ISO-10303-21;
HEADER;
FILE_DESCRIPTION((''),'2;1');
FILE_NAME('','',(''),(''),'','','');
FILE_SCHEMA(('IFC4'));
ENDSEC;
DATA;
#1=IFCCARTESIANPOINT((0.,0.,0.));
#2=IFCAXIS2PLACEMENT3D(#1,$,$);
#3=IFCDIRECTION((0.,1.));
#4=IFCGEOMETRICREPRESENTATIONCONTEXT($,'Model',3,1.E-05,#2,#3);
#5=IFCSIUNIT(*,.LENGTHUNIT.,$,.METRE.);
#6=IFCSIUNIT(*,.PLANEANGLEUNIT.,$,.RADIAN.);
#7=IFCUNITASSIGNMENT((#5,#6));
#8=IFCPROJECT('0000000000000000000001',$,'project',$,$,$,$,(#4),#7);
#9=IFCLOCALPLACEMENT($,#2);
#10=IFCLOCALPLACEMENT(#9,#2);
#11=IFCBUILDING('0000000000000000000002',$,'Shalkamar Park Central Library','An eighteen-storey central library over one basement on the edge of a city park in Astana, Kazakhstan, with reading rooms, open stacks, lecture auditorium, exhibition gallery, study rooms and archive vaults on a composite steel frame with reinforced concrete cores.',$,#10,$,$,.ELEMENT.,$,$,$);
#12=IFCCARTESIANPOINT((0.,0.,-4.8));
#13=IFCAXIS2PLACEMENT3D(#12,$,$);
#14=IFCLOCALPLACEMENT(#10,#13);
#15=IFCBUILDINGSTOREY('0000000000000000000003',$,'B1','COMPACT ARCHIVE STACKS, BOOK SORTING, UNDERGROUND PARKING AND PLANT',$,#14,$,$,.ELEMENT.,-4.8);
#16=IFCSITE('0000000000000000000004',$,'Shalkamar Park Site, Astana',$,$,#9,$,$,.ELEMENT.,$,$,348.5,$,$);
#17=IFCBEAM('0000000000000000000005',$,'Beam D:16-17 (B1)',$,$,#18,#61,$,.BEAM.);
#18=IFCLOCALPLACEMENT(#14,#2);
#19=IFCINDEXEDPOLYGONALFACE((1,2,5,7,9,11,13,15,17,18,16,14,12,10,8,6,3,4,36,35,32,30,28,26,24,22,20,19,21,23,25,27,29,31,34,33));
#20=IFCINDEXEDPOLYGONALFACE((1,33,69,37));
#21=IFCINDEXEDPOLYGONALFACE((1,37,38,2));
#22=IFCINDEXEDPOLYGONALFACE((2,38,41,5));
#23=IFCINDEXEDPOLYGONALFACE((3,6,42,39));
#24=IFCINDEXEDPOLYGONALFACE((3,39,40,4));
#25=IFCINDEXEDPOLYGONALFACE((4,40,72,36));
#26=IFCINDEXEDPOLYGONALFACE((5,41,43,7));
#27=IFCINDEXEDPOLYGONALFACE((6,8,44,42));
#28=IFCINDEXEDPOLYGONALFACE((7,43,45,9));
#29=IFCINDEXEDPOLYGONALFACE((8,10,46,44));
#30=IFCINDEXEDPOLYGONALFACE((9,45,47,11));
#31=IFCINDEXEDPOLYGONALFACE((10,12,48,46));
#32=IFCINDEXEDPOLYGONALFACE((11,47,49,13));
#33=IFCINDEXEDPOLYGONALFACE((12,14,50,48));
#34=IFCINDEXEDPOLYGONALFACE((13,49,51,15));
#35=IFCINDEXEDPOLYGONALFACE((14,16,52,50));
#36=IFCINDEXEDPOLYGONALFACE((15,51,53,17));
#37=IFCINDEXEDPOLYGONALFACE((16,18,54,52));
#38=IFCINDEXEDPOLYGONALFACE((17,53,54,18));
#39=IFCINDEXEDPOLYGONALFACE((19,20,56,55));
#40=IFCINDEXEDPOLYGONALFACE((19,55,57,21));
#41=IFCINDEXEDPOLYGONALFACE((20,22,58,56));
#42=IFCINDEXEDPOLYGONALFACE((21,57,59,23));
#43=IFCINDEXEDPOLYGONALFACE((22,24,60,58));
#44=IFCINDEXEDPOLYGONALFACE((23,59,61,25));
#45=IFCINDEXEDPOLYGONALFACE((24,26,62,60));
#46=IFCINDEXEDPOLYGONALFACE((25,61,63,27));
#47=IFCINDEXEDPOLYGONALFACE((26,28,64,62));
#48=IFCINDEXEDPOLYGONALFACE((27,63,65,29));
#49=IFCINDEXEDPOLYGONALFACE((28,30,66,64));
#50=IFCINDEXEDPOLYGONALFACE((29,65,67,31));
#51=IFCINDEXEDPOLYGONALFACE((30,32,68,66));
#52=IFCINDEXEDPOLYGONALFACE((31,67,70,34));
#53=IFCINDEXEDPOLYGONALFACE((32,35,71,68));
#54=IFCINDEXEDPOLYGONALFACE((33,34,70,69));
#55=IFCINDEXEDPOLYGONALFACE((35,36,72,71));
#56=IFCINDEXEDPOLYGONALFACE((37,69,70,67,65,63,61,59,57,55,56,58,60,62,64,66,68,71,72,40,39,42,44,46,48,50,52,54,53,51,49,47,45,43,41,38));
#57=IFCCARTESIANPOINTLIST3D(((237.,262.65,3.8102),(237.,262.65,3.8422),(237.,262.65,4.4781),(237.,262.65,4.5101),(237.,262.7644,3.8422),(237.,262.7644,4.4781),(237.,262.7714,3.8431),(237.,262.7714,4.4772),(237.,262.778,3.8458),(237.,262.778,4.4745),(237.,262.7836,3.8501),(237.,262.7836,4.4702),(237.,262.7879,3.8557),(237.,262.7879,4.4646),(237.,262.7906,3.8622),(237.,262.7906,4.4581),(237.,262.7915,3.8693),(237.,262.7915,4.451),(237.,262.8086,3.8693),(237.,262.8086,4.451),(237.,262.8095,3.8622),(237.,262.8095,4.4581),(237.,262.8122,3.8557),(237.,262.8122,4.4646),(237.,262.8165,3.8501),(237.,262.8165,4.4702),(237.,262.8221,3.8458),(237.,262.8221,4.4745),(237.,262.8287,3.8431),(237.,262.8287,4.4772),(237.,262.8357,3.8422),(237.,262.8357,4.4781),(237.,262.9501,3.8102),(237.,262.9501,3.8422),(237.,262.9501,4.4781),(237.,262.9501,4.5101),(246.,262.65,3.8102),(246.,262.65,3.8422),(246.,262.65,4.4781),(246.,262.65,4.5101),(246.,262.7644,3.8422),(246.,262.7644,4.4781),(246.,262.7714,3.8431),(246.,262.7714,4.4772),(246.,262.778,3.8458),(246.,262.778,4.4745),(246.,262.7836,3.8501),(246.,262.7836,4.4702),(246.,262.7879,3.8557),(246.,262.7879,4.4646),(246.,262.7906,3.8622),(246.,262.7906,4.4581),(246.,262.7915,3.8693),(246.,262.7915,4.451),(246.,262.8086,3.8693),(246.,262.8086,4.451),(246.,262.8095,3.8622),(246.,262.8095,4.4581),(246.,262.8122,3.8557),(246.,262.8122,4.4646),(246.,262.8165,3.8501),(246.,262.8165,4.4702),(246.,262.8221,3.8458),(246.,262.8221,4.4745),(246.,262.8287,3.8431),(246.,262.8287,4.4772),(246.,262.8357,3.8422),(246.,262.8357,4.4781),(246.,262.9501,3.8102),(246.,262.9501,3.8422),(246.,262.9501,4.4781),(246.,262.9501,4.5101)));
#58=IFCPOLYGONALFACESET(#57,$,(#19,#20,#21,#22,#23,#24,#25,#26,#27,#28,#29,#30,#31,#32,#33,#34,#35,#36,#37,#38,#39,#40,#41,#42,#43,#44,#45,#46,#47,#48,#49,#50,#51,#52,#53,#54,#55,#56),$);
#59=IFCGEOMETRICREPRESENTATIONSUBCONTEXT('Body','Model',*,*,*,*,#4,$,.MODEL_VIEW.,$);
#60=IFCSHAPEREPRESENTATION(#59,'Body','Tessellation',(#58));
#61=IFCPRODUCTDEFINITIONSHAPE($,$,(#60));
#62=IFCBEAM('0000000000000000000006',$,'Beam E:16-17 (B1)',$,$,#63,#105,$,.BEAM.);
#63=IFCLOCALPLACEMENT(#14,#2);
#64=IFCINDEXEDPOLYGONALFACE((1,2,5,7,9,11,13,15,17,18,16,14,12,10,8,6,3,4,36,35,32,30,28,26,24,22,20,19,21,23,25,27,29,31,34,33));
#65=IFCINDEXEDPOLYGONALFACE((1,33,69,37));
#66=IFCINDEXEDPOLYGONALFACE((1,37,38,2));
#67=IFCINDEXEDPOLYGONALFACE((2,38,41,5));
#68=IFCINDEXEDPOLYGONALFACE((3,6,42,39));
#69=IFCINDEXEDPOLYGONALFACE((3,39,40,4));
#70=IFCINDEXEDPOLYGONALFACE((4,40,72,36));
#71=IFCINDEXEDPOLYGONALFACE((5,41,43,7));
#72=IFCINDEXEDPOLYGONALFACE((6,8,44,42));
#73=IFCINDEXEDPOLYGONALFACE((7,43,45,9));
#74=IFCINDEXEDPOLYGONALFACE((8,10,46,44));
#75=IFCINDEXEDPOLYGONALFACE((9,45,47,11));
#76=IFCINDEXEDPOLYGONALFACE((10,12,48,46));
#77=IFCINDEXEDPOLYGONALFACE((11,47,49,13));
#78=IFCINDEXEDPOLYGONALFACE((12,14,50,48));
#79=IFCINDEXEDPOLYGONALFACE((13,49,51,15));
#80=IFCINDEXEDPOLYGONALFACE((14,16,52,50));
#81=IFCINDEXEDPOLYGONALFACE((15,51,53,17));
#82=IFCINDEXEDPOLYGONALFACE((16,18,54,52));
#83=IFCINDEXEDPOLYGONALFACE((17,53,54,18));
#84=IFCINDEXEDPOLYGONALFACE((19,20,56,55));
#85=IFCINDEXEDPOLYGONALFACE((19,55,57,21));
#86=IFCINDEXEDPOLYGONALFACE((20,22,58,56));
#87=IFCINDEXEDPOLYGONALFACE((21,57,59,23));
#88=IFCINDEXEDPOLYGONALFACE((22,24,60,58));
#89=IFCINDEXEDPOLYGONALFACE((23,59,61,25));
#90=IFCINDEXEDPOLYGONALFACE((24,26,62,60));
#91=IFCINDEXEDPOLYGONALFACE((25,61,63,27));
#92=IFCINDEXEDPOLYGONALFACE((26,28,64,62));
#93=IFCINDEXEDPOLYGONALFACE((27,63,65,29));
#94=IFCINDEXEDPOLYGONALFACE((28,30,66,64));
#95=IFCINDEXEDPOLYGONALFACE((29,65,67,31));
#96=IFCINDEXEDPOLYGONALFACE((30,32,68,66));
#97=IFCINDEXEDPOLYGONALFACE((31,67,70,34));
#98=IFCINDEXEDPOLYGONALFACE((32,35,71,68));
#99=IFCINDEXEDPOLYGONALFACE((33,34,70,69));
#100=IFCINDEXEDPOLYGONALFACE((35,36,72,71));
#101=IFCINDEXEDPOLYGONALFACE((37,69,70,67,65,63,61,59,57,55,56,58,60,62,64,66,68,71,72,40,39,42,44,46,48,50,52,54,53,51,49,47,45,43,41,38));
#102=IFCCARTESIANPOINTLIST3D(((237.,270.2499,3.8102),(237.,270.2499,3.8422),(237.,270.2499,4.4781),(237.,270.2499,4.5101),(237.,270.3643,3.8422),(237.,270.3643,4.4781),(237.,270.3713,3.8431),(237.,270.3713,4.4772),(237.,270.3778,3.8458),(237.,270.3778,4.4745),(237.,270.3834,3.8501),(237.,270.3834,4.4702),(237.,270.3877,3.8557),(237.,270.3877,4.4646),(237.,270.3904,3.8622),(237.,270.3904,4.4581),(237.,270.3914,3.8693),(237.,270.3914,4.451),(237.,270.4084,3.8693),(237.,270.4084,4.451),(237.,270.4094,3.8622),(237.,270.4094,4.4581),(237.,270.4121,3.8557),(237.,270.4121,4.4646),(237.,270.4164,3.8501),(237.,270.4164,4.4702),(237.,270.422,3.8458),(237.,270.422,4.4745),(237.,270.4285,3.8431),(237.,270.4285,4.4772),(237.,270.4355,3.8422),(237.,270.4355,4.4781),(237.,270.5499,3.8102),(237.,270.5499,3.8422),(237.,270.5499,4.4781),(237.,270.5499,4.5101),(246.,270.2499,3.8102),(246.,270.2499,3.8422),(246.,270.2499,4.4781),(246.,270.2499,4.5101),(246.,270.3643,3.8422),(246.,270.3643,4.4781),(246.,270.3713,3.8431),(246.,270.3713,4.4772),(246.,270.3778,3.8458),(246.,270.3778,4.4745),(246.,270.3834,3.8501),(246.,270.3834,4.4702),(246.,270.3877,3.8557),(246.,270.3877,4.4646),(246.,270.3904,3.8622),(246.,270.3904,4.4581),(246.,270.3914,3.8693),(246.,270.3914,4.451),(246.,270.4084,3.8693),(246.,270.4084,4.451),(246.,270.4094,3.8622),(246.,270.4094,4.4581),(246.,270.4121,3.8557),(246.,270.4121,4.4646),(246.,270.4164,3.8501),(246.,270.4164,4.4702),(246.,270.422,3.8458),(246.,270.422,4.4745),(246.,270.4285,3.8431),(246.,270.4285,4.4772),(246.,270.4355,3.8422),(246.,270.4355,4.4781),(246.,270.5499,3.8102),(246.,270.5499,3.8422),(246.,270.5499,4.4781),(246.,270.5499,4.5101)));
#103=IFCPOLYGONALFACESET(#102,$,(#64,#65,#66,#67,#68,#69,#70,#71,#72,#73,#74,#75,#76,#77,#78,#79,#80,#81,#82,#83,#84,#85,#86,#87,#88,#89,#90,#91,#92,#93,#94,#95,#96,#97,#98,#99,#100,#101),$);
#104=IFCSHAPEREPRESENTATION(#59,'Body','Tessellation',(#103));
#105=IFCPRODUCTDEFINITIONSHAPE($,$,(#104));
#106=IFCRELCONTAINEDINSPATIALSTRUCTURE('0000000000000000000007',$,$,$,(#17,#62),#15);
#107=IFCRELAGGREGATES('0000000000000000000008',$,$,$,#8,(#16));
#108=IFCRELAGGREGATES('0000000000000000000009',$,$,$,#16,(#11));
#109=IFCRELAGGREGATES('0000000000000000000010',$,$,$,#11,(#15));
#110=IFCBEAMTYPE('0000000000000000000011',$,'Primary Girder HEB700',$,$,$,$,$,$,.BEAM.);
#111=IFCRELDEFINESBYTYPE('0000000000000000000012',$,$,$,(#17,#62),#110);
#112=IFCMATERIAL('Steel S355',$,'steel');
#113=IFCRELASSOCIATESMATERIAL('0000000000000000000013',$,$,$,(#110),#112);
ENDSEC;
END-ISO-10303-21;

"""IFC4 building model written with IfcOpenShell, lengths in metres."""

from ifc_helpers import new_model, si_unit, direction, frame, origin, origin_2d, place, context, subcontext, project, spatial, i_section, extrude, material, material_profile, profile_set, type_object, element, save


model = new_model("IFC4")

# Units and contexts
model_context = context("Model", 3, precision=1e-05, world=origin(), true_north=direction((0.0, 1.0)))
body_context = subcontext(model_context, "Body", "Model", "MODEL_VIEW")
ifc_project = project(units=[si_unit("LENGTHUNIT", "METRE"), si_unit("PLANEANGLEUNIT", "RADIAN")], contexts=[model_context])

# Site, building, storey
site_placement = place(None, origin())
site = spatial("IfcSite", under=ifc_project, at=site_placement, Name="Shalkamar Park Site, Astana", CompositionType="ELEMENT", RefElevation=348.5)
building_placement = place(site_placement, origin())
building = spatial("IfcBuilding", under=site, at=building_placement, Name="Shalkamar Park Central Library", Description="An eighteen-storey central library over one basement on the edge of a city park in Astana, Kazakhstan, with reading rooms, open stacks, lecture auditorium, exhibition gallery, study rooms and archive vaults on a composite steel frame with reinforced concrete cores.", CompositionType="ELEMENT")
storey_placement = place(building_placement, frame((0.0, 0.0, -4.8)))
storey = spatial("IfcBuildingStorey", under=building, at=storey_placement, Name="B1", Description="COMPACT ARCHIVE STACKS, BOOK SORTING, UNDERGROUND PARKING AND PLANT", CompositionType="ELEMENT", Elevation=-4.8)

# Shared definitions
ifc_material_1 = material(Name="Steel S355", Category="steel")

# Beams
ifc_material_profile_1 = material_profile(ifc_material_1, i_section(OverallWidth=0.3, OverallDepth=0.7, WebThickness=0.0171, FlangeThickness=0.032, FilletRadius=0.0271, at=origin_2d()), Name="HEB 700")
ifc_profile_set_1 = profile_set([ifc_material_profile_1], Name="Steel S355")
beam_type_1 = type_object("IfcBeamType", Name="Primary Girder HEB700", PredefinedType="BEAM", material=ifc_profile_set_1)
for number, where, z_axis, x_axis, name in (
    (1, (237.0, 262.8, 4.1602), (1.0, 0.0, 0.0), (0.0, 1.0, 0.0), "Beam D:16-17 (B1)"),
    (2, (237.0, 270.3999, 4.1602), (1.0, 0.0, 0.0), (0.0, 1.0, 0.0), "Beam E:16-17 (B1)"),
):
    element("IfcBeam", number, at=place(storey_placement, frame(where, z_axis=z_axis, x_axis=x_axis)), inside=storey, type_object=beam_type_1, Name=name, PredefinedType="BEAM", context=body_context, shape_type="SweptSolid", body=[
        extrude(i_section(OverallWidth=0.3, OverallDepth=0.7, WebThickness=0.0171, FlangeThickness=0.032, FilletRadius=0.0271, at=origin_2d()), origin(), (0.0, 0.0, 1.0), 9.0),
    ])

save(model, "model.ifc")
